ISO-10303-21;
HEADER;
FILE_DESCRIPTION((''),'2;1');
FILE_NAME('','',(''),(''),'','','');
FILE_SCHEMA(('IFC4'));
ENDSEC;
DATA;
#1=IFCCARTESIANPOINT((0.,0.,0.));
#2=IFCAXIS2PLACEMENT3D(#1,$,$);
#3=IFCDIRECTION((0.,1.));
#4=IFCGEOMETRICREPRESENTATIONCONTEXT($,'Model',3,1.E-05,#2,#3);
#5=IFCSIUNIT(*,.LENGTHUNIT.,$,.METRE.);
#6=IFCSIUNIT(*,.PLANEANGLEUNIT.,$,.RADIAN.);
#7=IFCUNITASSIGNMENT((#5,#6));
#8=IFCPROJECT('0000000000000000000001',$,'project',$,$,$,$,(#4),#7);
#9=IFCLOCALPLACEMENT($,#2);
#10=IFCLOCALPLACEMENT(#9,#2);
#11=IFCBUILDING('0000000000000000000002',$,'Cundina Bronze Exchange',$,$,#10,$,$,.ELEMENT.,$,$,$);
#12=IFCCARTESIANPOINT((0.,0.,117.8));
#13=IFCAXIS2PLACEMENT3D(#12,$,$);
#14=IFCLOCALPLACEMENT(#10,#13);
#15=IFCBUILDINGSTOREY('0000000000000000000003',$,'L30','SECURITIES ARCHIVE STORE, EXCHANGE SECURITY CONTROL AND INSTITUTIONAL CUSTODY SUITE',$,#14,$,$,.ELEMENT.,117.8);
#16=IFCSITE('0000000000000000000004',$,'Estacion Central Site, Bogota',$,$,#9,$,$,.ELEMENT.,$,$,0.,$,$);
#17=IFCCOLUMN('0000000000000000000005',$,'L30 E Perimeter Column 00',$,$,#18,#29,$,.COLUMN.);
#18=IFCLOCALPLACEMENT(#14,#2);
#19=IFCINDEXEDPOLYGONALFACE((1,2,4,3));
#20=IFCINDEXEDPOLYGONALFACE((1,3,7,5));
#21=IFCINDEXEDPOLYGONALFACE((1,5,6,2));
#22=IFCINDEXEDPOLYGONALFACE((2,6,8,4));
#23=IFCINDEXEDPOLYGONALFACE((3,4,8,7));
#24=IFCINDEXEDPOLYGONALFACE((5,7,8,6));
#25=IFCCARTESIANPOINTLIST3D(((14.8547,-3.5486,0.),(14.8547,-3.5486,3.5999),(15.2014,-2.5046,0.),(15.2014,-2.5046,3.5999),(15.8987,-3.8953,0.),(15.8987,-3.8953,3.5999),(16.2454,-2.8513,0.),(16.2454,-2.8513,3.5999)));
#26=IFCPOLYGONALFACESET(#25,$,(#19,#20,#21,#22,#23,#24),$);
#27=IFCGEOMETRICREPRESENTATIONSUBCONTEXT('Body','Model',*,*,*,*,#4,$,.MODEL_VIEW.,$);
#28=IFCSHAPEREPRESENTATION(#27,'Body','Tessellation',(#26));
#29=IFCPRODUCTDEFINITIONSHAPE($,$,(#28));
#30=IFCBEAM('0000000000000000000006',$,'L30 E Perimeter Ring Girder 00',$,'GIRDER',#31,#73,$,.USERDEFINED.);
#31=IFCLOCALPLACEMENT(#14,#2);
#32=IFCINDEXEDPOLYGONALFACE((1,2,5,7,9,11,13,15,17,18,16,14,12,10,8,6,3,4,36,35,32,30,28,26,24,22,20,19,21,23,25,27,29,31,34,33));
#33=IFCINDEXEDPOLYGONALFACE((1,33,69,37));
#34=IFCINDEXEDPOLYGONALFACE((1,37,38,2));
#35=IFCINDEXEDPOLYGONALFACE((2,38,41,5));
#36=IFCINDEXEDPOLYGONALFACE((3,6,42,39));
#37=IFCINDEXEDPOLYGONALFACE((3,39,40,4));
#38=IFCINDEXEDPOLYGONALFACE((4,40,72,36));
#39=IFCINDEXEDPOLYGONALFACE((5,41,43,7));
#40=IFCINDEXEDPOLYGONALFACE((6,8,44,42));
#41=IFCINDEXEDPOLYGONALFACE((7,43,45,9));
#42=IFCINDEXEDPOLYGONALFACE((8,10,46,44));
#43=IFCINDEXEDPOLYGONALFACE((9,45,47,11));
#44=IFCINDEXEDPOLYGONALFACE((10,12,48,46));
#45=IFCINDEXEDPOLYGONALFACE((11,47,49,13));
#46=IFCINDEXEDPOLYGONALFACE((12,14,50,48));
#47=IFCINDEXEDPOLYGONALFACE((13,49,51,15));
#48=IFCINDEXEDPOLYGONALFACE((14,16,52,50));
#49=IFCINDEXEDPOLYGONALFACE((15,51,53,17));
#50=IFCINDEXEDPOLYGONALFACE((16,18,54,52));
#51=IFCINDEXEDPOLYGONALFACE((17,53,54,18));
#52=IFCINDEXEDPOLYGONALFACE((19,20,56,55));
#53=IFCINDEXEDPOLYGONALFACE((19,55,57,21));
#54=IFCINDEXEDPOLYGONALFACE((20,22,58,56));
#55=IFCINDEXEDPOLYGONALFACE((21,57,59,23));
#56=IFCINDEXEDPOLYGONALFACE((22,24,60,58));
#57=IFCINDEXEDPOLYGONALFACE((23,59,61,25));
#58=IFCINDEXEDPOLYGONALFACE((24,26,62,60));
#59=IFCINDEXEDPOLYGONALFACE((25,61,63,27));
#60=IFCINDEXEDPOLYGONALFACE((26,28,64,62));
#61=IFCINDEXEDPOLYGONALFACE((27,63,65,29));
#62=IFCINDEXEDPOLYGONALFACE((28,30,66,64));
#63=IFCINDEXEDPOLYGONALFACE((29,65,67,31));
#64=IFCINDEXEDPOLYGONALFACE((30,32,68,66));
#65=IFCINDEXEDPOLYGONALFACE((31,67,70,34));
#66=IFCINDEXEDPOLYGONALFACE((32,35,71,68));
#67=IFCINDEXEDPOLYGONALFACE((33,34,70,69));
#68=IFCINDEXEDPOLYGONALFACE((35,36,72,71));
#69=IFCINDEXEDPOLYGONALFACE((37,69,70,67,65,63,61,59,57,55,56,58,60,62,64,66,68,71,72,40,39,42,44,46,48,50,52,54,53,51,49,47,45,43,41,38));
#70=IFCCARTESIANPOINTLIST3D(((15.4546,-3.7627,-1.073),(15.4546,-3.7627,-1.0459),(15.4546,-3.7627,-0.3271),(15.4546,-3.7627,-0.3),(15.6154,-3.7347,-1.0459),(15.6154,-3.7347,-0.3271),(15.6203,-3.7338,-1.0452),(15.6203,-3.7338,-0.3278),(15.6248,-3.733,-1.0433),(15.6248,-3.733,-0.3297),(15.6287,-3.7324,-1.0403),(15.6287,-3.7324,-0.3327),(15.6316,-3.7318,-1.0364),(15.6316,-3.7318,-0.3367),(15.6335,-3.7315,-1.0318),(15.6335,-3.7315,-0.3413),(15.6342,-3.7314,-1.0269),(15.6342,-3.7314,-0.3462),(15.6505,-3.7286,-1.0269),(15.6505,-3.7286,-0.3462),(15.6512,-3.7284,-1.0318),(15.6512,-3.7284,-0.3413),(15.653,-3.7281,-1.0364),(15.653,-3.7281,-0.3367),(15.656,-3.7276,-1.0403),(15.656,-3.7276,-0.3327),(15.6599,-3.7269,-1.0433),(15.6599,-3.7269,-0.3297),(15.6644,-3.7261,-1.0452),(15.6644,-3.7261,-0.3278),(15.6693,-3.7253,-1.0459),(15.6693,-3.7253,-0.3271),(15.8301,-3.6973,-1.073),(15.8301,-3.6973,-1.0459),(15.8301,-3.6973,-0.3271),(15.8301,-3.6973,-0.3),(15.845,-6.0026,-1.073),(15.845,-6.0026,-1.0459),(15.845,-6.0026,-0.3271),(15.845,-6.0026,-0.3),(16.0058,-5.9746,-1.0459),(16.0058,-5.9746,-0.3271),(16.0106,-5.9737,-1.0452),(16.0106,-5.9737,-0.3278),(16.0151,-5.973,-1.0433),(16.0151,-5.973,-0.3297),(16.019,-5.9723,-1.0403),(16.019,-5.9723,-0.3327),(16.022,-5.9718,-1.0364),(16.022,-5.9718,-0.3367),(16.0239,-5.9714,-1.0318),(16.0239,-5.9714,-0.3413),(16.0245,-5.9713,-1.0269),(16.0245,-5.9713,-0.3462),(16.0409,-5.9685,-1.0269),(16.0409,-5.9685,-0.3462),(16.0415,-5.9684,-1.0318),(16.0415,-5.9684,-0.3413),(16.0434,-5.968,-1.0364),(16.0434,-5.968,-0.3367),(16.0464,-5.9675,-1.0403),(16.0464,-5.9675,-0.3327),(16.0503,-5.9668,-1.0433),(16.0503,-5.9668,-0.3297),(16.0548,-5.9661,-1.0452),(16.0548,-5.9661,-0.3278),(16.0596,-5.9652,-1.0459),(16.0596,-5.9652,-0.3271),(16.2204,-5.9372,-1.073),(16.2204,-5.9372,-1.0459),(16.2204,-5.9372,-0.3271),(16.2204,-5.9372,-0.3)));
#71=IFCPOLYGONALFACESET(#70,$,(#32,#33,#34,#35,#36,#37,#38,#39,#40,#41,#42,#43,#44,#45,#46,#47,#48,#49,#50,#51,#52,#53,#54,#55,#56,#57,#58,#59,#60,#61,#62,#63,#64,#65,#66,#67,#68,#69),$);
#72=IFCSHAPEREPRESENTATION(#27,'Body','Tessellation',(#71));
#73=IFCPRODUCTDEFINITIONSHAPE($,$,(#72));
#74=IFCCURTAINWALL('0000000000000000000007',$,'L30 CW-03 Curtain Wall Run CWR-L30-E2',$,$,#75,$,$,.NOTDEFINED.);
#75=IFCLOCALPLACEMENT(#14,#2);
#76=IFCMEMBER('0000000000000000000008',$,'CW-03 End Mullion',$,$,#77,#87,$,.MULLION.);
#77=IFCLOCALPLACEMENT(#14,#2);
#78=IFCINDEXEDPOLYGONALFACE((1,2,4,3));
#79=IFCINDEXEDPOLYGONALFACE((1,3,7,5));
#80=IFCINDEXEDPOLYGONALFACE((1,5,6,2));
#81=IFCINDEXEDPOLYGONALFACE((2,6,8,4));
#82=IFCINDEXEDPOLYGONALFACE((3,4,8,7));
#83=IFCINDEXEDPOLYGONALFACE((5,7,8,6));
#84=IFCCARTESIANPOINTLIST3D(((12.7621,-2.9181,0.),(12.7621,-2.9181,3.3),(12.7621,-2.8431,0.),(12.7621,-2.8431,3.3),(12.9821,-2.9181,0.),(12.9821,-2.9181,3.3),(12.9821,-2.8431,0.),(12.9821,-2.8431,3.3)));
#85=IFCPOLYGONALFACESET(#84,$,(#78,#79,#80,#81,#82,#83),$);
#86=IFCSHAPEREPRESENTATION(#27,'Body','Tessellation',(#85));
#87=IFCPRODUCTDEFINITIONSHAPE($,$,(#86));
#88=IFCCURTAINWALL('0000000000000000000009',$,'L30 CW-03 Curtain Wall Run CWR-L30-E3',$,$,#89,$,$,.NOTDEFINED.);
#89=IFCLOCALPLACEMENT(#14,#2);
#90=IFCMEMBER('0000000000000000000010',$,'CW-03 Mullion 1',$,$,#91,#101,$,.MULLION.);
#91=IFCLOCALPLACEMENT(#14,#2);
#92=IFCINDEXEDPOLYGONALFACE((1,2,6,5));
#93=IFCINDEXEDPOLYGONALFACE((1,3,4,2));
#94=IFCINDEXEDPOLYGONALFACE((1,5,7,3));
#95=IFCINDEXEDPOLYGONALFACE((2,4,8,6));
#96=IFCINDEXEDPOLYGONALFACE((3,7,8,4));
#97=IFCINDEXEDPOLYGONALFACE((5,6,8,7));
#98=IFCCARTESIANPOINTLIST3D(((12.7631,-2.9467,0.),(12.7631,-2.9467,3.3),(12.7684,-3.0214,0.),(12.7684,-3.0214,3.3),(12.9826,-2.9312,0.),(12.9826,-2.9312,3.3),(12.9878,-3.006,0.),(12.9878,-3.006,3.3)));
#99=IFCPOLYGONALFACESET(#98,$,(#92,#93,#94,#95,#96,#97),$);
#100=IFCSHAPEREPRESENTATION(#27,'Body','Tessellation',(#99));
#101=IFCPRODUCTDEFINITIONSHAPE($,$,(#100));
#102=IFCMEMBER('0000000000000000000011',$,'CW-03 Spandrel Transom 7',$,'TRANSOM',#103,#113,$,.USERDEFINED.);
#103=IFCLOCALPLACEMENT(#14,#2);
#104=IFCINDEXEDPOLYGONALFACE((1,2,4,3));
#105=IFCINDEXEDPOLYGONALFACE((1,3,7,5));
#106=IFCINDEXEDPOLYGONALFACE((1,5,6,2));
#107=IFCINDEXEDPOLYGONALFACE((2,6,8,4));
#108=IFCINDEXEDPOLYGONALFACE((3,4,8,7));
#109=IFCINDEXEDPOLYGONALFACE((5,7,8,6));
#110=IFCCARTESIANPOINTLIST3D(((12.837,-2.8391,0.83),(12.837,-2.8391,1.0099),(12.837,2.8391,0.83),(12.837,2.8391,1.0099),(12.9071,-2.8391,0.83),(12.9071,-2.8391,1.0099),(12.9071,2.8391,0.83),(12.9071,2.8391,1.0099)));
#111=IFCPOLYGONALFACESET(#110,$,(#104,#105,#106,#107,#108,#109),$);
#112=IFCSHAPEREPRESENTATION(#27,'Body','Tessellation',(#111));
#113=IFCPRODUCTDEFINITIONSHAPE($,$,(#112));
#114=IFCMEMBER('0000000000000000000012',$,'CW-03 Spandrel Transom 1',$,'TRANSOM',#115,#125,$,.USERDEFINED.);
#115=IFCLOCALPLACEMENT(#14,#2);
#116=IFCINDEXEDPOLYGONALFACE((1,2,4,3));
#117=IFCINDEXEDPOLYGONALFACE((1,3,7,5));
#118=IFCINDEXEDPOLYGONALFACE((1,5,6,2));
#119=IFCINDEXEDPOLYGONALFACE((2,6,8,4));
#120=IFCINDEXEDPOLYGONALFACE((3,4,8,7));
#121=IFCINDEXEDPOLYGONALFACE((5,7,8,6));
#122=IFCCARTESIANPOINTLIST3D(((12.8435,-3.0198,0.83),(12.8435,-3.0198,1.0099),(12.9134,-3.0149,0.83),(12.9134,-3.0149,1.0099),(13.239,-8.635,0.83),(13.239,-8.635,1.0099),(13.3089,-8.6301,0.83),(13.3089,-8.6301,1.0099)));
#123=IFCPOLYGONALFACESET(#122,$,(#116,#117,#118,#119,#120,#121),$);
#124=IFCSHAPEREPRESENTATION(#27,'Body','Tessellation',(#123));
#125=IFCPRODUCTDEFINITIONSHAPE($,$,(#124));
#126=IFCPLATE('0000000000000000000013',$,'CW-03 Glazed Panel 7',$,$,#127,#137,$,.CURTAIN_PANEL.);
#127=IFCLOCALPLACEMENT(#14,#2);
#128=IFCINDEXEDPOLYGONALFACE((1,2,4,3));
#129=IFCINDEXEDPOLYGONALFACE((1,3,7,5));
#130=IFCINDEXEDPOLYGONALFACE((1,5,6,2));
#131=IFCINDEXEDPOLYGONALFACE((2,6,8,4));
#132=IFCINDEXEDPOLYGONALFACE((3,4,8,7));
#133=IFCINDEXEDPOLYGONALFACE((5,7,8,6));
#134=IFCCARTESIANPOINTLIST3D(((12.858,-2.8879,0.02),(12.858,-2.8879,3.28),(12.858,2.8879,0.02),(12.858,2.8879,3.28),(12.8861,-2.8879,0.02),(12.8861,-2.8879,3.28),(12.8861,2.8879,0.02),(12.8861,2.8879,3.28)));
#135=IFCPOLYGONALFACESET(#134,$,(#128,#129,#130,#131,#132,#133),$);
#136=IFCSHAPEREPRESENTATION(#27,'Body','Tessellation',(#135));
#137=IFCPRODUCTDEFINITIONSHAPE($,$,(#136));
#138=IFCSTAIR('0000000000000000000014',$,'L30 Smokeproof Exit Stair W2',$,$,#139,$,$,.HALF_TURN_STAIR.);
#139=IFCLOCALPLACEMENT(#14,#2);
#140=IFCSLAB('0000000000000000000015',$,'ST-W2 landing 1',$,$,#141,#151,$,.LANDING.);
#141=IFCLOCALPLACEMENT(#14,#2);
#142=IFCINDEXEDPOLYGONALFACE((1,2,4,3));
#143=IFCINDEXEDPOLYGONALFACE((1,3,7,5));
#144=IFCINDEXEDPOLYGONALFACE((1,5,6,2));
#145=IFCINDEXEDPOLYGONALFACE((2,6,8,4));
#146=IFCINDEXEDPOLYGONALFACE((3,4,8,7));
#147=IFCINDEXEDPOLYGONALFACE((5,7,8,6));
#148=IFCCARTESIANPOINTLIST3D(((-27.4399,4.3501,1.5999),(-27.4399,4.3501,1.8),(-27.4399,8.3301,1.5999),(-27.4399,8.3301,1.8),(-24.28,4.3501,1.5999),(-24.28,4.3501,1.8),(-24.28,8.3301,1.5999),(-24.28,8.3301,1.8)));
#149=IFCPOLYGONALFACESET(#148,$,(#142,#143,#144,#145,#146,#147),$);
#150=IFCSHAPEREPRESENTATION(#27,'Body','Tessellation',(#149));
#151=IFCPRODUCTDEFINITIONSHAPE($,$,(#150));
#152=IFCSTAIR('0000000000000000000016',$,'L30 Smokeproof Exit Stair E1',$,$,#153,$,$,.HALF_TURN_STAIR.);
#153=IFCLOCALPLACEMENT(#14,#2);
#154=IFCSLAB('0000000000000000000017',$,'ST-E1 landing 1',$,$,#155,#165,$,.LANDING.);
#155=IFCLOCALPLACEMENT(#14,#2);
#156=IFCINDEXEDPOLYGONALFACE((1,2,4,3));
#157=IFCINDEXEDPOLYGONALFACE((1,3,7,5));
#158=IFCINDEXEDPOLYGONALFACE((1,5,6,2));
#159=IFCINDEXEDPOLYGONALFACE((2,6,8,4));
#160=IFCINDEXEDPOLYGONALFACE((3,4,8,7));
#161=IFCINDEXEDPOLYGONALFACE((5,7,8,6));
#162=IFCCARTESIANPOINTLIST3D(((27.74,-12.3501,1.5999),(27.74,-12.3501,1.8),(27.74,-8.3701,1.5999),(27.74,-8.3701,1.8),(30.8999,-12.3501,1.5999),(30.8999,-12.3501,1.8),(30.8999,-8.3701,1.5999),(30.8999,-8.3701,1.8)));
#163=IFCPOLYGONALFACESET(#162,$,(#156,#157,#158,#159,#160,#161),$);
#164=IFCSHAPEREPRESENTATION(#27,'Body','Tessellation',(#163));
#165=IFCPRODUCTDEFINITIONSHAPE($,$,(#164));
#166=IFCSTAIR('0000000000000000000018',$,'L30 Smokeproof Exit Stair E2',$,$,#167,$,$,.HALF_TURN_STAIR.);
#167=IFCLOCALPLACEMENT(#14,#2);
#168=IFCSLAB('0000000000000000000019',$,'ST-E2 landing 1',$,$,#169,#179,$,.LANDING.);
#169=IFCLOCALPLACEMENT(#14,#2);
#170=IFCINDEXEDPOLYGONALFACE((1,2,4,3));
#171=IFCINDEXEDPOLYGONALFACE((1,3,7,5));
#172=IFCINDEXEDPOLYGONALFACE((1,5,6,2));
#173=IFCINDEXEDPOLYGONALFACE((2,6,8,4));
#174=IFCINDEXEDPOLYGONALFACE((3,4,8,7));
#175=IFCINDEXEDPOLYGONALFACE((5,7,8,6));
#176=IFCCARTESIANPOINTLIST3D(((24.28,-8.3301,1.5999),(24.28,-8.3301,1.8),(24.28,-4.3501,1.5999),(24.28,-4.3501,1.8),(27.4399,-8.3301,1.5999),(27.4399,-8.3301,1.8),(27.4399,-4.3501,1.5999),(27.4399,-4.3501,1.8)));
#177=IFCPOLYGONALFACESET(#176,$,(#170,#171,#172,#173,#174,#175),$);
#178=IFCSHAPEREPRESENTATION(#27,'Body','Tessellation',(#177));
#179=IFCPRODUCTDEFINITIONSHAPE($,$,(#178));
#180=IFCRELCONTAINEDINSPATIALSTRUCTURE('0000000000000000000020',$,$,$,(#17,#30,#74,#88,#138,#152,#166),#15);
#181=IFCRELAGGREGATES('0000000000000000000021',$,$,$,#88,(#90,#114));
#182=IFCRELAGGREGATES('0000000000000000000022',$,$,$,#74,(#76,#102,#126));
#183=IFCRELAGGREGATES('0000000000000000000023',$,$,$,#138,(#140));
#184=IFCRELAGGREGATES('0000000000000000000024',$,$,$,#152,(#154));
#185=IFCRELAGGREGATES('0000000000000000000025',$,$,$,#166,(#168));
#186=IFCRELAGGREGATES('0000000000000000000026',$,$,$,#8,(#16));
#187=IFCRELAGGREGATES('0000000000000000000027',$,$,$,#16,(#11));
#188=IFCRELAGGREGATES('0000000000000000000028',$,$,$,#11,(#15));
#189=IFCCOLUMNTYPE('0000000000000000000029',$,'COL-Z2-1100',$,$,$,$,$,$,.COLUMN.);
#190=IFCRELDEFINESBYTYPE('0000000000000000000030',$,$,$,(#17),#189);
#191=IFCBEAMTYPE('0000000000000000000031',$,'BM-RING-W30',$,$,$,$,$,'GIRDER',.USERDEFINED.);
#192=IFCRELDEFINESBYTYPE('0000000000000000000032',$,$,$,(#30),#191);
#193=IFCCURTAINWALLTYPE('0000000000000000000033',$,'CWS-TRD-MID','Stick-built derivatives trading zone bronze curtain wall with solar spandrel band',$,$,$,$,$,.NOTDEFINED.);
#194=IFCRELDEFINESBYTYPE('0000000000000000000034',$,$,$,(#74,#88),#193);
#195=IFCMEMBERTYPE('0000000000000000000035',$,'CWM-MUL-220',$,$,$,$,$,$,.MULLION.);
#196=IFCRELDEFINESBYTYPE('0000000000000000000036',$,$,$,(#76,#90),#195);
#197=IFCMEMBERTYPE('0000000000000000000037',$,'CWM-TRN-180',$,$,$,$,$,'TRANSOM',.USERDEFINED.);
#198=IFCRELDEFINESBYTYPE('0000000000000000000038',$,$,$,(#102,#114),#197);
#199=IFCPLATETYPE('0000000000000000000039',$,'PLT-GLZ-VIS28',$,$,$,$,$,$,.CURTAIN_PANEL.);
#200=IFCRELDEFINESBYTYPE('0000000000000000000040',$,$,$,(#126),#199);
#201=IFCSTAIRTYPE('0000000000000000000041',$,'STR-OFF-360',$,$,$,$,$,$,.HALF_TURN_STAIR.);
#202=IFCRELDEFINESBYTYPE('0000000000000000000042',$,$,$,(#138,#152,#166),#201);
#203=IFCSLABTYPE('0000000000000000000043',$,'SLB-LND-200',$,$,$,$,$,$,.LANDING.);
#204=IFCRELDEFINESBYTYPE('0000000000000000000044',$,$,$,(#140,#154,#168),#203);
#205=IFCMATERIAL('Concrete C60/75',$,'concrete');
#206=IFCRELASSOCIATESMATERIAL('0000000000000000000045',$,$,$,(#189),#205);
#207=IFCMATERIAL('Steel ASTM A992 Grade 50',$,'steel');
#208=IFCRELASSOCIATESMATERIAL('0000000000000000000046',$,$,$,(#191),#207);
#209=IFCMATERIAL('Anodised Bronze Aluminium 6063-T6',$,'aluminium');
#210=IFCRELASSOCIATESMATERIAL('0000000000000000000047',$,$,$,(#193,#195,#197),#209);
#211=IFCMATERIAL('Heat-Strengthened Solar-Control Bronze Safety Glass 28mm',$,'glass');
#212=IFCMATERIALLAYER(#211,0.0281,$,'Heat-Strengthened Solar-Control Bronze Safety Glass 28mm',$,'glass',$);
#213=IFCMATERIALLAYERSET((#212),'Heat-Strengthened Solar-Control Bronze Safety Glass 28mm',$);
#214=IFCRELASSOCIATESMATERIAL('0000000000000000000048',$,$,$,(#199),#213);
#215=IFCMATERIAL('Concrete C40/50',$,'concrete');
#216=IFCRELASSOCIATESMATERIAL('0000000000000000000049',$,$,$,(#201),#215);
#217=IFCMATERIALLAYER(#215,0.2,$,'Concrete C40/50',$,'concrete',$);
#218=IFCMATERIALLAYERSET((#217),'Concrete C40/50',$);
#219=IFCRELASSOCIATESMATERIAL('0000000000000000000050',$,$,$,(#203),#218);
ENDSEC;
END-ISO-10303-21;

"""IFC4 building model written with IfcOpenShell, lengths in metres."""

from ifc_helpers import new_model, si_unit, direction, frame, origin, origin_2d, place, context, subcontext, project, spatial, polyline, rectangle, i_section, outline, extrude, material, layer, layer_set, material_profile, profile_set, type_object, element, aggregate, save


model = new_model("IFC4")

# Units and contexts
model_context = context("Model", 3, precision=1e-05, world=origin(), true_north=direction((0.0, 1.0)))
body_context = subcontext(model_context, "Body", "Model", "MODEL_VIEW")
ifc_project = project(units=[si_unit("LENGTHUNIT", "METRE"), si_unit("PLANEANGLEUNIT", "RADIAN")], contexts=[model_context])

# Site, building, storey
site_placement = place(None, origin())
site = spatial("IfcSite", under=ifc_project, at=site_placement, Name="Estacion Central Site, Bogota", CompositionType="ELEMENT", RefElevation=0.0)
building_placement = place(site_placement, origin())
building = spatial("IfcBuilding", under=site, at=building_placement, Name="Cundina Bronze Exchange", CompositionType="ELEMENT")
storey_placement = place(building_placement, frame((0.0, 0.0, 117.8)))
storey = spatial("IfcBuildingStorey", under=building, at=storey_placement, Name="L30", Description="SECURITIES ARCHIVE STORE, EXCHANGE SECURITY CONTROL AND INSTITUTIONAL CUSTODY SUITE", CompositionType="ELEMENT", Elevation=117.8)

# Column
ifc_material_1 = material(Name="Concrete C60/75", Category="concrete")
ifc_material_profile_1 = material_profile(ifc_material_1, rectangle(XDim=1.1001, YDim=1.1001, at=origin_2d()), Name="RC1100X1100", Category="concrete")
ifc_profile_set_1 = profile_set([ifc_material_profile_1], Name="Concrete C60/75")
column_type = type_object("IfcColumnType", Name="COL-Z2-1100", PredefinedType="COLUMN", material=ifc_profile_set_1)
column_placement = place(storey_placement, frame((15.55, -3.2, 0.0), z_axis=(0.0, 0.0, 1.0), x_axis=(-0.315152, -0.949041, 0.0)))
element("IfcColumn", 1, at=column_placement, inside=storey, type_object=column_type, Name="L30 E Perimeter Column 00", PredefinedType="COLUMN", context=body_context, shape_type="SweptSolid", body=[
    extrude(rectangle(XDim=1.1001, YDim=1.1001, at=origin_2d()), origin(), (0.0, 0.0, 1.0), 3.5999),
])

# Beam
ifc_material_2 = material(Name="Steel ASTM A992 Grade 50", Category="steel")
ifc_material_profile_2 = material_profile(ifc_material_2, i_section(OverallWidth=0.3811, OverallDepth=0.7729, WebThickness=0.0166, FlangeThickness=0.0271, FilletRadius=0.019, at=origin_2d()), Name="W30X173", Category="steel")
ifc_profile_set_2 = profile_set([ifc_material_profile_2], Name="Steel ASTM A992 Grade 50")
beam_type = type_object("IfcBeamType", Name="BM-RING-W30", ElementType="GIRDER", PredefinedType="USERDEFINED", material=ifc_profile_set_2)
beam_placement = place(storey_placement, frame((15.6423, -3.73, -0.6865), z_axis=(0.17169, -0.985151, 0.0), x_axis=(0.985151, 0.17169, 0.0)))
element("IfcBeam", 2, at=beam_placement, inside=storey, type_object=beam_type, Name="L30 E Perimeter Ring Girder 00", ObjectType="GIRDER", PredefinedType="USERDEFINED", context=body_context, shape_type="SweptSolid", body=[
    extrude(i_section(OverallWidth=0.3811, OverallDepth=0.7729, WebThickness=0.0166, FlangeThickness=0.0271, FilletRadius=0.019, at=origin_2d()), origin(), (0.0, 0.0, 1.0), 2.2737),
])

# Curtain walls, members
ifc_material_3 = material(Name="Anodised Bronze Aluminium 6063-T6", Category="aluminium")
curtain_wall_type = type_object("IfcCurtainWallType", Name="CWS-TRD-MID", Description="Stick-built derivatives trading zone bronze curtain wall with solar spandrel band", PredefinedType="NOTDEFINED", material=ifc_material_3)
curtain_wall_1_placement = place(storey_placement, origin())
curtain_wall_1 = element("IfcCurtainWall", 3, at=curtain_wall_1_placement, inside=storey, type_object=curtain_wall_type, Name="L30 CW-03 Curtain Wall Run CWR-L30-E2", PredefinedType="NOTDEFINED")
ifc_material_profile_3 = material_profile(ifc_material_3, rectangle(XDim=0.075, YDim=0.22, at=origin_2d()), Name="AL75X220", Category="aluminium")
ifc_profile_set_3 = profile_set([ifc_material_profile_3], Name="Anodised Bronze Aluminium 6063-T6")
member_type_1 = type_object("IfcMemberType", Name="CWM-MUL-220", PredefinedType="MULLION", material=ifc_profile_set_3)
member_1_placement = place(storey_placement, frame((12.8721, -2.8806, 0.0), z_axis=(0.0, 0.0, 1.0), x_axis=(0.0, -1.0, 0.0)))
member_1 = element("IfcMember", 4, at=member_1_placement, type_object=member_type_1, Name="CW-03 End Mullion", PredefinedType="MULLION", context=body_context, shape_type="SweptSolid", body=[
    extrude(rectangle(XDim=0.075, YDim=0.22, at=origin_2d()), origin(), (0.0, 0.0, 1.0), 3.3),
])
curtain_wall_2_placement = place(storey_placement, origin())
curtain_wall_2 = element("IfcCurtainWall", 5, at=curtain_wall_2_placement, inside=storey, type_object=curtain_wall_type, Name="L30 CW-03 Curtain Wall Run CWR-L30-E3", PredefinedType="NOTDEFINED")
member_2_placement = place(storey_placement, frame((12.8755, -2.9763, 0.0), z_axis=(0.0, 0.0, 1.0), x_axis=(0.070279, -0.997527, 0.0)))
member_2 = element("IfcMember", 6, at=member_2_placement, type_object=member_type_1, Name="CW-03 Mullion 1", PredefinedType="MULLION", context=body_context, shape_type="SweptSolid", body=[
    extrude(rectangle(XDim=0.075, YDim=0.22, at=origin_2d()), origin(), (0.0, 0.0, 1.0), 3.3),
])

# Members
ifc_material_profile_4 = material_profile(ifc_material_3, rectangle(XDim=0.0701, YDim=0.1799, at=origin_2d()), Name="AL70X180", Category="aluminium")
ifc_profile_set_4 = profile_set([ifc_material_profile_4], Name="Anodised Bronze Aluminium 6063-T6")
member_type_2 = type_object("IfcMemberType", Name="CWM-TRN-180", ElementType="TRANSOM", PredefinedType="USERDEFINED", material=ifc_profile_set_4)
member_3_placement = place(storey_placement, frame((12.8721, 2.8391, 0.9199), z_axis=(0.0, -1.0, 0.0), x_axis=(1.0, 0.0, 0.0)))
member_3 = element("IfcMember", 7, at=member_3_placement, type_object=member_type_2, Name="CW-03 Spandrel Transom 7", ObjectType="TRANSOM", PredefinedType="USERDEFINED", context=body_context, shape_type="SweptSolid", body=[
    extrude(rectangle(XDim=0.0701, YDim=0.1799, at=origin_2d()), origin(), (0.0, 0.0, 1.0), 5.6782),
])
member_4_placement = place(storey_placement, frame((12.8784, -3.0173, 0.9199), z_axis=(0.070261, -0.997529, 0.0), x_axis=(0.997529, 0.070261, 0.0)))
member_4 = element("IfcMember", 8, at=member_4_placement, type_object=member_type_2, Name="CW-03 Spandrel Transom 1", ObjectType="TRANSOM", PredefinedType="USERDEFINED", context=body_context, shape_type="SweptSolid", body=[
    extrude(rectangle(XDim=0.0701, YDim=0.1799, at=origin_2d()), origin(), (0.0, 0.0, 1.0), 5.6292),
])
aggregate(curtain_wall_2, [member_2, member_4])

# Plate
ifc_material_4 = material(Name="Heat-Strengthened Solar-Control Bronze Safety Glass 28mm", Category="glass")
ifc_layer_1 = layer(ifc_material_4, 0.0281, Name="Heat-Strengthened Solar-Control Bronze Safety Glass 28mm", Category="glass")
ifc_layer_set_1 = layer_set([ifc_layer_1], Name="Heat-Strengthened Solar-Control Bronze Safety Glass 28mm")
plate_type = type_object("IfcPlateType", Name="PLT-GLZ-VIS28", PredefinedType="CURTAIN_PANEL", material=ifc_layer_set_1)
plate_placement = place(storey_placement, frame((12.8721, 0.0, 0.02), z_axis=(0.0, 0.0, 1.0), x_axis=(0.0, -1.0, 0.0)))
plate = element("IfcPlate", 9, at=plate_placement, type_object=plate_type, Name="CW-03 Glazed Panel 7", PredefinedType="CURTAIN_PANEL", context=body_context, shape_type="SweptSolid", body=[
    extrude(rectangle(XDim=5.7759, YDim=0.0281, at=origin_2d()), origin(), (0.0, 0.0, 1.0), 3.26),
])
aggregate(curtain_wall_1, [member_1, member_3, plate])

# Stairs, slabs
ifc_material_5 = material(Name="Concrete C40/50", Category="concrete")
stair_type = type_object("IfcStairType", Name="STR-OFF-360", PredefinedType="HALF_TURN_STAIR", material=ifc_material_5)
stair_1_placement = place(storey_placement, origin())
stair_1 = element("IfcStair", 10, at=stair_1_placement, inside=storey, type_object=stair_type, Name="L30 Smokeproof Exit Stair W2", PredefinedType="HALF_TURN_STAIR")
ifc_layer_2 = layer(ifc_material_5, 0.2, Name="Concrete C40/50", Category="concrete")
ifc_layer_set_2 = layer_set([ifc_layer_2], Name="Concrete C40/50")
slab_type = type_object("IfcSlabType", Name="SLB-LND-200", PredefinedType="LANDING", material=ifc_layer_set_2)
slab_1_placement = place(storey_placement, frame((0.0, 0.0, 1.5999)))
slab_1 = element("IfcSlab", 11, at=slab_1_placement, type_object=slab_type, Name="ST-W2 landing 1", PredefinedType="LANDING", context=body_context, shape_type="SweptSolid", body=[
    extrude(outline(polyline([(-27.4399, 8.3301), (-27.4399, 4.3501), (-24.28, 4.3501), (-24.28, 8.3301), (-27.4399, 8.3301)])), origin(), (0.0, 0.0, 1.0), 0.2002),
])
aggregate(stair_1, [slab_1])
stair_2_placement = place(storey_placement, origin())
stair_2 = element("IfcStair", 12, at=stair_2_placement, inside=storey, type_object=stair_type, Name="L30 Smokeproof Exit Stair E1", PredefinedType="HALF_TURN_STAIR")
slab_2_placement = place(storey_placement, frame((0.0, 0.0, 1.5999)))
slab_2 = element("IfcSlab", 13, at=slab_2_placement, type_object=slab_type, Name="ST-E1 landing 1", PredefinedType="LANDING", context=body_context, shape_type="SweptSolid", body=[
    extrude(outline(polyline([(27.74, -8.3701), (27.74, -12.3501), (30.8999, -12.3501), (30.8999, -8.3701), (27.74, -8.3701)])), origin(), (0.0, 0.0, 1.0), 0.2002),
])
aggregate(stair_2, [slab_2])
stair_3_placement = place(storey_placement, origin())
stair_3 = element("IfcStair", 14, at=stair_3_placement, inside=storey, type_object=stair_type, Name="L30 Smokeproof Exit Stair E2", PredefinedType="HALF_TURN_STAIR")
slab_3_placement = place(storey_placement, frame((0.0, 0.0, 1.5999)))
slab_3 = element("IfcSlab", 15, at=slab_3_placement, type_object=slab_type, Name="ST-E2 landing 1", PredefinedType="LANDING", context=body_context, shape_type="SweptSolid", body=[
    extrude(outline(polyline([(27.4399, -8.3301), (27.4399, -4.3501), (24.28, -4.3501), (24.28, -8.3301), (27.4399, -8.3301)])), origin(), (0.0, 0.0, 1.0), 0.2002),
])
aggregate(stair_3, [slab_3])

save(model, "model.ifc")
